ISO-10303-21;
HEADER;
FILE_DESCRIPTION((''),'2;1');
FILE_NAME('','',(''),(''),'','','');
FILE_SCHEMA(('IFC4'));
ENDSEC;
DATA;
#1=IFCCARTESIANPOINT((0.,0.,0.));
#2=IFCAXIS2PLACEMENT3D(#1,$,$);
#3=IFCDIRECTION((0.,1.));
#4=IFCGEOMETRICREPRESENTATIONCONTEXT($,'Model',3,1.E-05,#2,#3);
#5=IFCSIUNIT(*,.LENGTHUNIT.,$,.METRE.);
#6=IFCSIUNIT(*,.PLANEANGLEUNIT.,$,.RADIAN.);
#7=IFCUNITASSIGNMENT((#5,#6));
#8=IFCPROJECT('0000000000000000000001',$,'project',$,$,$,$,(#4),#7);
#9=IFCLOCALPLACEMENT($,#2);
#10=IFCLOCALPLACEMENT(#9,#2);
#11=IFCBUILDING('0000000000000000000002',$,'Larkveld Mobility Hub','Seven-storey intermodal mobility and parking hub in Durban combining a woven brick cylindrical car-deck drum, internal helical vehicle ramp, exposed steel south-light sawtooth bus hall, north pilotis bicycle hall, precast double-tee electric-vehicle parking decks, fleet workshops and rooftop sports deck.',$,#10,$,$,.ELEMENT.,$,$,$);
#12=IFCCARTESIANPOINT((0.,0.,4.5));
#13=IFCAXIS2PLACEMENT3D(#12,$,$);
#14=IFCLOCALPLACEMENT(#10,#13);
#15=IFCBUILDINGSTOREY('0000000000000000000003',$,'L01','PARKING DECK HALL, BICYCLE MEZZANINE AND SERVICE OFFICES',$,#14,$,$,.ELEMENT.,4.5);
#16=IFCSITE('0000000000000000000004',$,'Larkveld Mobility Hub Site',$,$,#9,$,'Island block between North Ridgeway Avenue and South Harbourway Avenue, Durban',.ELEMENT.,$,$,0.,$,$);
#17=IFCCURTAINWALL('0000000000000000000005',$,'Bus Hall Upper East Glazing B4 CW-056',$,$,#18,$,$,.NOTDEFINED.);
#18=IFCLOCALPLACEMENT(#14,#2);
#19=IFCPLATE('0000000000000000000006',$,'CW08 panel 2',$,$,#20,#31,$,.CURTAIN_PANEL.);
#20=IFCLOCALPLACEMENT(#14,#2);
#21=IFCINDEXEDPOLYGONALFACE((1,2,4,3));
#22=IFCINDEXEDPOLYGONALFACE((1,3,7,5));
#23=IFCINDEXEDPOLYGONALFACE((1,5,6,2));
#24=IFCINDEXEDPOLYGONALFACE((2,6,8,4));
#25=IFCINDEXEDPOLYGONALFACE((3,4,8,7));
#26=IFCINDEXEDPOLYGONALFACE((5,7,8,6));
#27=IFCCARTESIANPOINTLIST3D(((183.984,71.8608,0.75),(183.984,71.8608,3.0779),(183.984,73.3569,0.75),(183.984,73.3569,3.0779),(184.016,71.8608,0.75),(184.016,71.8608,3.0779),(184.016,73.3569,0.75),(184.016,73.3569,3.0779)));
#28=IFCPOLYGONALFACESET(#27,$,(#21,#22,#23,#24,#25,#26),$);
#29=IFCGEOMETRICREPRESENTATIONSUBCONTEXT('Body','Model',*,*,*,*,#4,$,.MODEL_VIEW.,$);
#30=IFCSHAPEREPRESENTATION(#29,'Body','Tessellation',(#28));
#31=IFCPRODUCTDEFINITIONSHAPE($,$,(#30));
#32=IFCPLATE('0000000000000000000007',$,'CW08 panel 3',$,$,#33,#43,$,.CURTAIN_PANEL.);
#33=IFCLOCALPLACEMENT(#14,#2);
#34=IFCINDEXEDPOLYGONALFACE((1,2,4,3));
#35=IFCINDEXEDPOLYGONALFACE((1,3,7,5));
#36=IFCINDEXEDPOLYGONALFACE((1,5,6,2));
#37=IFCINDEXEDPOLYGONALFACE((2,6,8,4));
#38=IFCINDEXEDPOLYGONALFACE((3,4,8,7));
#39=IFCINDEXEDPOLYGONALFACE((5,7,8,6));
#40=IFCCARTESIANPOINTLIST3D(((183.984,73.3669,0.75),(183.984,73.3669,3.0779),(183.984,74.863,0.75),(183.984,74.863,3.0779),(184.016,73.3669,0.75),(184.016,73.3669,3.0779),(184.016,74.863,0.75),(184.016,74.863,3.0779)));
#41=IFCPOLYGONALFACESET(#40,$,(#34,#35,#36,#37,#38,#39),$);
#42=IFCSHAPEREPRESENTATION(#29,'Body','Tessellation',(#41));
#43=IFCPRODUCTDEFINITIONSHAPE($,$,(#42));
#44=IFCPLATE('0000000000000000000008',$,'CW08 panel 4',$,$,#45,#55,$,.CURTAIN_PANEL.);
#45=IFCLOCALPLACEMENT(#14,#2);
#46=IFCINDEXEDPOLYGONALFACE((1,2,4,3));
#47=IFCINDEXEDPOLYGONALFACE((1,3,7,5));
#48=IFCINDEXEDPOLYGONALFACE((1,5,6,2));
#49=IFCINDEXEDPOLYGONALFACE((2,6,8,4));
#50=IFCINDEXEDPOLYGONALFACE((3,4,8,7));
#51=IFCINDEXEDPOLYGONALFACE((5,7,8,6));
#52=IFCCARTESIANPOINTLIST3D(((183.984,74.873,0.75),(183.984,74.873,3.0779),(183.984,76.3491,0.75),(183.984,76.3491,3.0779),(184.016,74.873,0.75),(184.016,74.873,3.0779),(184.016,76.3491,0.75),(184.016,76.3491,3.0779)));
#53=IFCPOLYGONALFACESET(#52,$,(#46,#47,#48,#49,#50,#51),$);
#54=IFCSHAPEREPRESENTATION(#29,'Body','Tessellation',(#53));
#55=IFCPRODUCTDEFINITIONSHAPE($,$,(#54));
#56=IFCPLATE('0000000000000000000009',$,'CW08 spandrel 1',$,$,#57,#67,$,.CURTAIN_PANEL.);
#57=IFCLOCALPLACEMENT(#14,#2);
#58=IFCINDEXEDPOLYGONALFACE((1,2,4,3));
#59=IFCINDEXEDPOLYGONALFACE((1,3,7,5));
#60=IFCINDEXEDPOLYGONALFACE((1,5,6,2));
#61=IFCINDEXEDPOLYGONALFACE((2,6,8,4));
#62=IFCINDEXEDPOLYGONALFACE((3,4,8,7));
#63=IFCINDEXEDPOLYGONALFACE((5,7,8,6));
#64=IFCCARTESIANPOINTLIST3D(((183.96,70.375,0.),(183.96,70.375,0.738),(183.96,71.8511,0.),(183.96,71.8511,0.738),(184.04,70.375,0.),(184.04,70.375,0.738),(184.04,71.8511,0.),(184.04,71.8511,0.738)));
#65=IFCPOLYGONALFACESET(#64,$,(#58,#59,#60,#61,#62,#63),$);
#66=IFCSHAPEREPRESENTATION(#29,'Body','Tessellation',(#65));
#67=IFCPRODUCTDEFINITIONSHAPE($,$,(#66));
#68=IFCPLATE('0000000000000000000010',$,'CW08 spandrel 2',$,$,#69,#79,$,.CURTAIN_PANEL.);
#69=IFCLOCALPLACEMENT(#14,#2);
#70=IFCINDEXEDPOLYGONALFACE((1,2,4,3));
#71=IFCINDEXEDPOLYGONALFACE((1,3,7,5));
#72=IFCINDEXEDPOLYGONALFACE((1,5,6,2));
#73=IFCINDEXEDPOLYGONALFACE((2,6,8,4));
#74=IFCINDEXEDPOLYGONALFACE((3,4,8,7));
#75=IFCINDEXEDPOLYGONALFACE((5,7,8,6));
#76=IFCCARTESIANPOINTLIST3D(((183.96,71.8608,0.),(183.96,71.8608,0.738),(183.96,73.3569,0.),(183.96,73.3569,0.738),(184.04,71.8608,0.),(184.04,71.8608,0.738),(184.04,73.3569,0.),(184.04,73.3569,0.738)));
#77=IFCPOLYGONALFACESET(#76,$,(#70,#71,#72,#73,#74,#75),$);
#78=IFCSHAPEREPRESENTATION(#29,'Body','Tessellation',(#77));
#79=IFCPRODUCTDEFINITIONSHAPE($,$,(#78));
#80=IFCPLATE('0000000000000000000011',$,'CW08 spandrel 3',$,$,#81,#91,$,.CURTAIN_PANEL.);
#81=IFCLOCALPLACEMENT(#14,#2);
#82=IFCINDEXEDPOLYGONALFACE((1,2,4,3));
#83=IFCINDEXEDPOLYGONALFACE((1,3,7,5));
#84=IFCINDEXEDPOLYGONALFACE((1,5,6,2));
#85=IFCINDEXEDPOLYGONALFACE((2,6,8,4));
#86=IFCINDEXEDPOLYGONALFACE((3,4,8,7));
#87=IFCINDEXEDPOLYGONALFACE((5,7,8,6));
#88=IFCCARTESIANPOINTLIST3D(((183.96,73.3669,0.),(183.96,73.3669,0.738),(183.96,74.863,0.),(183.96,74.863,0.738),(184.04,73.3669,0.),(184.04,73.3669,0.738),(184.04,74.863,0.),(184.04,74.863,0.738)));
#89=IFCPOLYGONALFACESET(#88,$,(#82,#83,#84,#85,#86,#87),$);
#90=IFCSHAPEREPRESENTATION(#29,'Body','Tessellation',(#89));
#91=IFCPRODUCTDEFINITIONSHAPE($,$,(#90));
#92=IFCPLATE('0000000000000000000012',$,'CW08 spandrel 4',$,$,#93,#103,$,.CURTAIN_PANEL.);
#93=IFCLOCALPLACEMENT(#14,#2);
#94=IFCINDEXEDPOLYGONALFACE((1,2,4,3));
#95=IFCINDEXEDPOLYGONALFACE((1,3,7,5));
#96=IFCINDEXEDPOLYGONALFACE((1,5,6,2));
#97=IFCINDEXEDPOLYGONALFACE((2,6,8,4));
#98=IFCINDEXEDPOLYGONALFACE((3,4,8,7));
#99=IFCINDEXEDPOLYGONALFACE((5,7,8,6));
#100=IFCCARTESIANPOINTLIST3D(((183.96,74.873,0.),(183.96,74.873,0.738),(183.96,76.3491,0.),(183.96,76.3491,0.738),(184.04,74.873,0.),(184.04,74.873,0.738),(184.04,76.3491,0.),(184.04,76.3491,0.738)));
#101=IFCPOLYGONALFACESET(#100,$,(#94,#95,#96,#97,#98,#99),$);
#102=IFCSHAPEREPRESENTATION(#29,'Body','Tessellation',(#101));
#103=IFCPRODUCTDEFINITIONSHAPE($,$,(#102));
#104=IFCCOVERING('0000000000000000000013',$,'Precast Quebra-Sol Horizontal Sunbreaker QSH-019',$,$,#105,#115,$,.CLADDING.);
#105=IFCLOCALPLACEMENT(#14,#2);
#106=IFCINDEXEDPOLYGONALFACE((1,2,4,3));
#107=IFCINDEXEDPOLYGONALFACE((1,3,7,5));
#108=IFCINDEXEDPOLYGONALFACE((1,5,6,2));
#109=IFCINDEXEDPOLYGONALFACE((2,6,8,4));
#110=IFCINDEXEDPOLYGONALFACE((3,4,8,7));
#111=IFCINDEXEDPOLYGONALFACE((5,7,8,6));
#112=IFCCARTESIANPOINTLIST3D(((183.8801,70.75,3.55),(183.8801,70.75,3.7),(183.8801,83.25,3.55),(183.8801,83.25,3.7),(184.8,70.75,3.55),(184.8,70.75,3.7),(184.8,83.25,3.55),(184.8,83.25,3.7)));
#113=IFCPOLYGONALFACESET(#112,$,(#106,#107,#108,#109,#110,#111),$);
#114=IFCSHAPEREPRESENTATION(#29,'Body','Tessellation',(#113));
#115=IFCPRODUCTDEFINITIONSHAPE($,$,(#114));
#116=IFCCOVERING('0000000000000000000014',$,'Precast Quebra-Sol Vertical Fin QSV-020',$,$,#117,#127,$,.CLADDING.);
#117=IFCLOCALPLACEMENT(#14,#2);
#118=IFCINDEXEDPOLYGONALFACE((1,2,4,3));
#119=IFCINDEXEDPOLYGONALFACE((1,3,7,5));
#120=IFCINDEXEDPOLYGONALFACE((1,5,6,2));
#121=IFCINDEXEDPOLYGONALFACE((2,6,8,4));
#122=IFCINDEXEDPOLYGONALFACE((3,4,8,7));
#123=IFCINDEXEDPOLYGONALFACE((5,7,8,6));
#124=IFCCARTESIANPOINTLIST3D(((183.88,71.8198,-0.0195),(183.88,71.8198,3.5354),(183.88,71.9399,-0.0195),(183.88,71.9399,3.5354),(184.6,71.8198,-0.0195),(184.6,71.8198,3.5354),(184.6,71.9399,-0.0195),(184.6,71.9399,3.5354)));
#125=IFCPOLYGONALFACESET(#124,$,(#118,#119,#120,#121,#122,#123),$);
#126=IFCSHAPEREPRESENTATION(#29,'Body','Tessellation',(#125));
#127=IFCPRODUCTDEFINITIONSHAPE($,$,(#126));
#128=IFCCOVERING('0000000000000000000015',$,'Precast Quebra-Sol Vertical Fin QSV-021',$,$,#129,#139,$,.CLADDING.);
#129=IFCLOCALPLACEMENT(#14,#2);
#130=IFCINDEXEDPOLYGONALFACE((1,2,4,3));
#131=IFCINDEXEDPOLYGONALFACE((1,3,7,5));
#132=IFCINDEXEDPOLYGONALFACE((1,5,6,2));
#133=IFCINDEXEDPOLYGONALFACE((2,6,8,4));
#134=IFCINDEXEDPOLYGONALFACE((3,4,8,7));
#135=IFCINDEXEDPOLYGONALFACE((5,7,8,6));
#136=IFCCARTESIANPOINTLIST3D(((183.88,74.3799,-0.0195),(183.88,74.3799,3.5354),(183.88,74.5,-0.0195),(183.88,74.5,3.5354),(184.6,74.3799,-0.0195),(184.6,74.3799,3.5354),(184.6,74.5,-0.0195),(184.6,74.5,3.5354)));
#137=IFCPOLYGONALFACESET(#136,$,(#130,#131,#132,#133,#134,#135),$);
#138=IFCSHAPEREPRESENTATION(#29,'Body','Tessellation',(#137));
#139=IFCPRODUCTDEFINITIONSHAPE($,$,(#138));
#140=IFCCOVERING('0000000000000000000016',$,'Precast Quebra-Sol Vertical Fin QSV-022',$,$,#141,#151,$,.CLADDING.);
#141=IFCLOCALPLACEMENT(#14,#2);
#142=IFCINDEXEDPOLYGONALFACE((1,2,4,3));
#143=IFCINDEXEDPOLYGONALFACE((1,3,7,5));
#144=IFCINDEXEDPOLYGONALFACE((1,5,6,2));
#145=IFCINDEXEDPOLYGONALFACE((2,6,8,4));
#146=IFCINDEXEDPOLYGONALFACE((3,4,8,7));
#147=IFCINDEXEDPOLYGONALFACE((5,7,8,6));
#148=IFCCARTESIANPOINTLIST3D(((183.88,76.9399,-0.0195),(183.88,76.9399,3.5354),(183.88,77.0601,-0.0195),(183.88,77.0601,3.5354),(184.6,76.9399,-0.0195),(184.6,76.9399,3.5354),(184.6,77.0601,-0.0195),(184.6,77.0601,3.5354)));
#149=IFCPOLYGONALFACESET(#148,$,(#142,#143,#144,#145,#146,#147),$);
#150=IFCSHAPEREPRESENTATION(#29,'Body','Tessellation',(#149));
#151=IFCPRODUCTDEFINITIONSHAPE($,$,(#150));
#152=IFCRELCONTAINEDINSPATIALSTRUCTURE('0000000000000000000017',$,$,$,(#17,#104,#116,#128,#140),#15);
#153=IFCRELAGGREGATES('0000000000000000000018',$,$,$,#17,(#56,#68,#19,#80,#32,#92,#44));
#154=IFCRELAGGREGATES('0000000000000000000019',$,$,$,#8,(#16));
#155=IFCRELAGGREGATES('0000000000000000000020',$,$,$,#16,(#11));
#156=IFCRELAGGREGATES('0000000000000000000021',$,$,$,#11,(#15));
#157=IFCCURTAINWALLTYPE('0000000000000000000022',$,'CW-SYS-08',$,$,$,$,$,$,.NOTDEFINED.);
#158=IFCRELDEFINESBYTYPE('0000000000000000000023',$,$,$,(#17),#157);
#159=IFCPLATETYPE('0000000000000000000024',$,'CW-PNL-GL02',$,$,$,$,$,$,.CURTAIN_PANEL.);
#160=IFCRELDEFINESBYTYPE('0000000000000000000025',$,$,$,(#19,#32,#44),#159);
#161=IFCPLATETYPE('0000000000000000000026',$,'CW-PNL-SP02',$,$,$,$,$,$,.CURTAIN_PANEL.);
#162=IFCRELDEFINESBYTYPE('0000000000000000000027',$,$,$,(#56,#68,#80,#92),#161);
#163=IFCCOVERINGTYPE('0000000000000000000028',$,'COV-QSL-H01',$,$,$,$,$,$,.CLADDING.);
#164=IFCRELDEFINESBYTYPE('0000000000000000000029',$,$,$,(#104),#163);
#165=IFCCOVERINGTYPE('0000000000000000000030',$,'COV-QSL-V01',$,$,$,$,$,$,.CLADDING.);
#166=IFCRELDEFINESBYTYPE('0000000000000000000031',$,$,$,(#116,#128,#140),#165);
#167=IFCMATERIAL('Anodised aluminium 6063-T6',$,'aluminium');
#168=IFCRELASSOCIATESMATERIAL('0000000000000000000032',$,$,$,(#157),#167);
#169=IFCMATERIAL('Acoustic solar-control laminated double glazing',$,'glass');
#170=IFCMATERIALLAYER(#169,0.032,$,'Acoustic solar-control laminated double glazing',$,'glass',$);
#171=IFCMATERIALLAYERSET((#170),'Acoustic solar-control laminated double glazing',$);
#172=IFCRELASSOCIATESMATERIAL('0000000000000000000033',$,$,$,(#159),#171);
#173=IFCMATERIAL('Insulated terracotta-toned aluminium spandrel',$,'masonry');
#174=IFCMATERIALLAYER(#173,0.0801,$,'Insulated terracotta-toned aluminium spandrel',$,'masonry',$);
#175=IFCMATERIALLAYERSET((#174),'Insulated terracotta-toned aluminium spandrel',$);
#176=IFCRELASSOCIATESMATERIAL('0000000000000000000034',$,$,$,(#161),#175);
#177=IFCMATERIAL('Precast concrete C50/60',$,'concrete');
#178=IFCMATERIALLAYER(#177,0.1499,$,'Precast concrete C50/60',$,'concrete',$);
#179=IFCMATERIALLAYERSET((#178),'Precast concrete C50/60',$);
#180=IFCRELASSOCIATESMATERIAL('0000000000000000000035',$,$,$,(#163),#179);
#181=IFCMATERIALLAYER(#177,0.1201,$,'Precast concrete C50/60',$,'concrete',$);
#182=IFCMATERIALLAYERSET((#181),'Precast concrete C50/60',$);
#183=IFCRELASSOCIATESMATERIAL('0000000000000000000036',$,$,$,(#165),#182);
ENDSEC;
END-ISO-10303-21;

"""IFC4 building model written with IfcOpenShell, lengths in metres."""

from ifc_helpers import new_model, si_unit, direction, frame, origin, origin_2d, place, context, subcontext, project, spatial, rectangle, extrude, material, layer, layer_set, type_object, element, aggregate, save


model = new_model("IFC4")

# Units and contexts
model_context = context("Model", 3, precision=1e-05, world=origin(), true_north=direction((0.0, 1.0)))
body_context = subcontext(model_context, "Body", "Model", "MODEL_VIEW")
ifc_project = project(units=[si_unit("LENGTHUNIT", "METRE"), si_unit("PLANEANGLEUNIT", "RADIAN")], contexts=[model_context])

# Site, building, storey
site_placement = place(None, origin())
site = spatial("IfcSite", under=ifc_project, at=site_placement, Name="Larkveld Mobility Hub Site", LongName="Island block between North Ridgeway Avenue and South Harbourway Avenue, Durban", CompositionType="ELEMENT", RefElevation=0.0)
building_placement = place(site_placement, origin())
building = spatial("IfcBuilding", under=site, at=building_placement, Name="Larkveld Mobility Hub", Description="Seven-storey intermodal mobility and parking hub in Durban combining a woven brick cylindrical car-deck drum, internal helical vehicle ramp, exposed steel south-light sawtooth bus hall, north pilotis bicycle hall, precast double-tee electric-vehicle parking decks, fleet workshops and rooftop sports deck.", CompositionType="ELEMENT")
storey_placement = place(building_placement, frame((0.0, 0.0, 4.5)))
storey = spatial("IfcBuildingStorey", under=building, at=storey_placement, Name="L01", Description="PARKING DECK HALL, BICYCLE MEZZANINE AND SERVICE OFFICES", CompositionType="ELEMENT", Elevation=4.5)

# Shared definitions
ifc_material_1 = material(Name="Anodised aluminium 6063-T6", Category="aluminium")

# Curtain wall
curtain_wall_type_1 = type_object("IfcCurtainWallType", Name="CW-SYS-08", PredefinedType="NOTDEFINED", material=ifc_material_1)
curtain_wall_1_placement = place(storey_placement, origin())
curtain_wall_1 = element("IfcCurtainWall", 1, at=curtain_wall_1_placement, inside=storey, type_object=curtain_wall_type_1, Name="Bus Hall Upper East Glazing B4 CW-056", PredefinedType="NOTDEFINED")

# Plates
ifc_material_2 = material(Name="Acoustic solar-control laminated double glazing", Category="glass")
ifc_layer_1 = layer(ifc_material_2, 0.032, Name="Acoustic solar-control laminated double glazing", Category="glass")
ifc_layer_set_1 = layer_set([ifc_layer_1], Name="Acoustic solar-control laminated double glazing")
plate_type_1 = type_object("IfcPlateType", Name="CW-PNL-GL02", PredefinedType="CURTAIN_PANEL", material=ifc_layer_set_1)
plate_1_placement = place(storey_placement, frame((184.0, 72.6089, 0.75), z_axis=(0.0, 0.0, 1.0), x_axis=(0.0, 1.0, 0.0)))
plate_1 = element("IfcPlate", 2, at=plate_1_placement, type_object=plate_type_1, Name="CW08 panel 2", PredefinedType="CURTAIN_PANEL", context=body_context, shape_type="SweptSolid", body=[
    extrude(rectangle(XDim=1.4961, YDim=0.032, at=origin_2d()), origin(), (0.0, 0.0, 1.0), 2.3279),
])
plate_2_placement = place(storey_placement, frame((184.0, 74.115, 0.75), z_axis=(0.0, 0.0, 1.0), x_axis=(0.0, 1.0, 0.0)))
plate_2 = element("IfcPlate", 3, at=plate_2_placement, type_object=plate_type_1, Name="CW08 panel 3", PredefinedType="CURTAIN_PANEL", context=body_context, shape_type="SweptSolid", body=[
    extrude(rectangle(XDim=1.4961, YDim=0.032, at=origin_2d()), origin(), (0.0, 0.0, 1.0), 2.3279),
])
plate_3_placement = place(storey_placement, frame((184.0, 75.6111, 0.75), z_axis=(0.0, 0.0, 1.0), x_axis=(0.0, 1.0, 0.0)))
plate_3 = element("IfcPlate", 4, at=plate_3_placement, type_object=plate_type_1, Name="CW08 panel 4", PredefinedType="CURTAIN_PANEL", context=body_context, shape_type="SweptSolid", body=[
    extrude(rectangle(XDim=1.4761, YDim=0.032, at=origin_2d()), origin(), (0.0, 0.0, 1.0), 2.3279),
])
ifc_material_3 = material(Name="Insulated terracotta-toned aluminium spandrel", Category="masonry")
ifc_layer_2 = layer(ifc_material_3, 0.0801, Name="Insulated terracotta-toned aluminium spandrel", Category="masonry")
ifc_layer_set_2 = layer_set([ifc_layer_2], Name="Insulated terracotta-toned aluminium spandrel")
plate_type_2 = type_object("IfcPlateType", Name="CW-PNL-SP02", PredefinedType="CURTAIN_PANEL", material=ifc_layer_set_2)
plate_4_placement = place(storey_placement, frame((184.0, 71.113, 0.0), z_axis=(0.0, 0.0, 1.0), x_axis=(0.0, 1.0, 0.0)))
plate_4 = element("IfcPlate", 5, at=plate_4_placement, type_object=plate_type_2, Name="CW08 spandrel 1", PredefinedType="CURTAIN_PANEL", context=body_context, shape_type="SweptSolid", body=[
    extrude(rectangle(XDim=1.4761, YDim=0.0801, at=origin_2d()), origin(), (0.0, 0.0, 1.0), 0.738),
])
plate_5_placement = place(storey_placement, frame((184.0, 72.6089, 0.0), z_axis=(0.0, 0.0, 1.0), x_axis=(0.0, 1.0, 0.0)))
plate_5 = element("IfcPlate", 6, at=plate_5_placement, type_object=plate_type_2, Name="CW08 spandrel 2", PredefinedType="CURTAIN_PANEL", context=body_context, shape_type="SweptSolid", body=[
    extrude(rectangle(XDim=1.4961, YDim=0.0801, at=origin_2d()), origin(), (0.0, 0.0, 1.0), 0.738),
])
plate_6_placement = place(storey_placement, frame((184.0, 74.115, 0.0), z_axis=(0.0, 0.0, 1.0), x_axis=(0.0, 1.0, 0.0)))
plate_6 = element("IfcPlate", 7, at=plate_6_placement, type_object=plate_type_2, Name="CW08 spandrel 3", PredefinedType="CURTAIN_PANEL", context=body_context, shape_type="SweptSolid", body=[
    extrude(rectangle(XDim=1.4961, YDim=0.0801, at=origin_2d()), origin(), (0.0, 0.0, 1.0), 0.738),
])
plate_7_placement = place(storey_placement, frame((184.0, 75.6111, 0.0), z_axis=(0.0, 0.0, 1.0), x_axis=(0.0, 1.0, 0.0)))
plate_7 = element("IfcPlate", 8, at=plate_7_placement, type_object=plate_type_2, Name="CW08 spandrel 4", PredefinedType="CURTAIN_PANEL", context=body_context, shape_type="SweptSolid", body=[
    extrude(rectangle(XDim=1.4761, YDim=0.0801, at=origin_2d()), origin(), (0.0, 0.0, 1.0), 0.738),
])
aggregate(curtain_wall_1, [plate_4, plate_5, plate_1, plate_6, plate_2, plate_7, plate_3])

# Coverings
ifc_material_4 = material(Name="Precast concrete C50/60", Category="concrete")
ifc_layer_3 = layer(ifc_material_4, 0.1499, Name="Precast concrete C50/60", Category="concrete")
ifc_layer_set_3 = layer_set([ifc_layer_3], Name="Precast concrete C50/60")
covering_type_1 = type_object("IfcCoveringType", Name="COV-QSL-H01", PredefinedType="CLADDING", material=ifc_layer_set_3)
covering_placement = place(storey_placement, frame((184.3401, 77.0, 3.55), z_axis=(0.0, 0.0, 1.0), x_axis=(0.0, 1.0, 0.0)))
element("IfcCovering", 9, at=covering_placement, inside=storey, type_object=covering_type_1, Name="Precast Quebra-Sol Horizontal Sunbreaker QSH-019", PredefinedType="CLADDING", context=body_context, shape_type="SweptSolid", body=[
    extrude(rectangle(XDim=12.5, YDim=0.9199, at=origin_2d()), origin(), (0.0, 0.0, 1.0), 0.1499),
])
ifc_layer_4 = layer(ifc_material_4, 0.1201, Name="Precast concrete C50/60", Category="concrete")
ifc_layer_set_4 = layer_set([ifc_layer_4], Name="Precast concrete C50/60")
covering_type_2 = type_object("IfcCoveringType", Name="COV-QSL-V01", PredefinedType="CLADDING", material=ifc_layer_set_4)
for number, where, z_axis, x_axis, name in (
    (10, (184.24, 71.8799, -0.0195), (0.0, 0.0, 1.0), (0.0, 1.0, 0.0), "Precast Quebra-Sol Vertical Fin QSV-020"),
    (11, (184.24, 74.4399, -0.0195), (0.0, 0.0, 1.0), (0.0, 1.0, 0.0), "Precast Quebra-Sol Vertical Fin QSV-021"),
    (12, (184.24, 77.0, -0.0195), (0.0, 0.0, 1.0), (0.0, 1.0, 0.0), "Precast Quebra-Sol Vertical Fin QSV-022"),
):
    element("IfcCovering", number, at=place(storey_placement, frame(where, z_axis=z_axis, x_axis=x_axis)), inside=storey, type_object=covering_type_2, Name=name, PredefinedType="CLADDING", context=body_context, shape_type="SweptSolid", body=[
        extrude(rectangle(XDim=0.1201, YDim=0.72, at=origin_2d()), origin(), (0.0, 0.0, 1.0), 3.5549),
    ])

save(model, "model.ifc")
